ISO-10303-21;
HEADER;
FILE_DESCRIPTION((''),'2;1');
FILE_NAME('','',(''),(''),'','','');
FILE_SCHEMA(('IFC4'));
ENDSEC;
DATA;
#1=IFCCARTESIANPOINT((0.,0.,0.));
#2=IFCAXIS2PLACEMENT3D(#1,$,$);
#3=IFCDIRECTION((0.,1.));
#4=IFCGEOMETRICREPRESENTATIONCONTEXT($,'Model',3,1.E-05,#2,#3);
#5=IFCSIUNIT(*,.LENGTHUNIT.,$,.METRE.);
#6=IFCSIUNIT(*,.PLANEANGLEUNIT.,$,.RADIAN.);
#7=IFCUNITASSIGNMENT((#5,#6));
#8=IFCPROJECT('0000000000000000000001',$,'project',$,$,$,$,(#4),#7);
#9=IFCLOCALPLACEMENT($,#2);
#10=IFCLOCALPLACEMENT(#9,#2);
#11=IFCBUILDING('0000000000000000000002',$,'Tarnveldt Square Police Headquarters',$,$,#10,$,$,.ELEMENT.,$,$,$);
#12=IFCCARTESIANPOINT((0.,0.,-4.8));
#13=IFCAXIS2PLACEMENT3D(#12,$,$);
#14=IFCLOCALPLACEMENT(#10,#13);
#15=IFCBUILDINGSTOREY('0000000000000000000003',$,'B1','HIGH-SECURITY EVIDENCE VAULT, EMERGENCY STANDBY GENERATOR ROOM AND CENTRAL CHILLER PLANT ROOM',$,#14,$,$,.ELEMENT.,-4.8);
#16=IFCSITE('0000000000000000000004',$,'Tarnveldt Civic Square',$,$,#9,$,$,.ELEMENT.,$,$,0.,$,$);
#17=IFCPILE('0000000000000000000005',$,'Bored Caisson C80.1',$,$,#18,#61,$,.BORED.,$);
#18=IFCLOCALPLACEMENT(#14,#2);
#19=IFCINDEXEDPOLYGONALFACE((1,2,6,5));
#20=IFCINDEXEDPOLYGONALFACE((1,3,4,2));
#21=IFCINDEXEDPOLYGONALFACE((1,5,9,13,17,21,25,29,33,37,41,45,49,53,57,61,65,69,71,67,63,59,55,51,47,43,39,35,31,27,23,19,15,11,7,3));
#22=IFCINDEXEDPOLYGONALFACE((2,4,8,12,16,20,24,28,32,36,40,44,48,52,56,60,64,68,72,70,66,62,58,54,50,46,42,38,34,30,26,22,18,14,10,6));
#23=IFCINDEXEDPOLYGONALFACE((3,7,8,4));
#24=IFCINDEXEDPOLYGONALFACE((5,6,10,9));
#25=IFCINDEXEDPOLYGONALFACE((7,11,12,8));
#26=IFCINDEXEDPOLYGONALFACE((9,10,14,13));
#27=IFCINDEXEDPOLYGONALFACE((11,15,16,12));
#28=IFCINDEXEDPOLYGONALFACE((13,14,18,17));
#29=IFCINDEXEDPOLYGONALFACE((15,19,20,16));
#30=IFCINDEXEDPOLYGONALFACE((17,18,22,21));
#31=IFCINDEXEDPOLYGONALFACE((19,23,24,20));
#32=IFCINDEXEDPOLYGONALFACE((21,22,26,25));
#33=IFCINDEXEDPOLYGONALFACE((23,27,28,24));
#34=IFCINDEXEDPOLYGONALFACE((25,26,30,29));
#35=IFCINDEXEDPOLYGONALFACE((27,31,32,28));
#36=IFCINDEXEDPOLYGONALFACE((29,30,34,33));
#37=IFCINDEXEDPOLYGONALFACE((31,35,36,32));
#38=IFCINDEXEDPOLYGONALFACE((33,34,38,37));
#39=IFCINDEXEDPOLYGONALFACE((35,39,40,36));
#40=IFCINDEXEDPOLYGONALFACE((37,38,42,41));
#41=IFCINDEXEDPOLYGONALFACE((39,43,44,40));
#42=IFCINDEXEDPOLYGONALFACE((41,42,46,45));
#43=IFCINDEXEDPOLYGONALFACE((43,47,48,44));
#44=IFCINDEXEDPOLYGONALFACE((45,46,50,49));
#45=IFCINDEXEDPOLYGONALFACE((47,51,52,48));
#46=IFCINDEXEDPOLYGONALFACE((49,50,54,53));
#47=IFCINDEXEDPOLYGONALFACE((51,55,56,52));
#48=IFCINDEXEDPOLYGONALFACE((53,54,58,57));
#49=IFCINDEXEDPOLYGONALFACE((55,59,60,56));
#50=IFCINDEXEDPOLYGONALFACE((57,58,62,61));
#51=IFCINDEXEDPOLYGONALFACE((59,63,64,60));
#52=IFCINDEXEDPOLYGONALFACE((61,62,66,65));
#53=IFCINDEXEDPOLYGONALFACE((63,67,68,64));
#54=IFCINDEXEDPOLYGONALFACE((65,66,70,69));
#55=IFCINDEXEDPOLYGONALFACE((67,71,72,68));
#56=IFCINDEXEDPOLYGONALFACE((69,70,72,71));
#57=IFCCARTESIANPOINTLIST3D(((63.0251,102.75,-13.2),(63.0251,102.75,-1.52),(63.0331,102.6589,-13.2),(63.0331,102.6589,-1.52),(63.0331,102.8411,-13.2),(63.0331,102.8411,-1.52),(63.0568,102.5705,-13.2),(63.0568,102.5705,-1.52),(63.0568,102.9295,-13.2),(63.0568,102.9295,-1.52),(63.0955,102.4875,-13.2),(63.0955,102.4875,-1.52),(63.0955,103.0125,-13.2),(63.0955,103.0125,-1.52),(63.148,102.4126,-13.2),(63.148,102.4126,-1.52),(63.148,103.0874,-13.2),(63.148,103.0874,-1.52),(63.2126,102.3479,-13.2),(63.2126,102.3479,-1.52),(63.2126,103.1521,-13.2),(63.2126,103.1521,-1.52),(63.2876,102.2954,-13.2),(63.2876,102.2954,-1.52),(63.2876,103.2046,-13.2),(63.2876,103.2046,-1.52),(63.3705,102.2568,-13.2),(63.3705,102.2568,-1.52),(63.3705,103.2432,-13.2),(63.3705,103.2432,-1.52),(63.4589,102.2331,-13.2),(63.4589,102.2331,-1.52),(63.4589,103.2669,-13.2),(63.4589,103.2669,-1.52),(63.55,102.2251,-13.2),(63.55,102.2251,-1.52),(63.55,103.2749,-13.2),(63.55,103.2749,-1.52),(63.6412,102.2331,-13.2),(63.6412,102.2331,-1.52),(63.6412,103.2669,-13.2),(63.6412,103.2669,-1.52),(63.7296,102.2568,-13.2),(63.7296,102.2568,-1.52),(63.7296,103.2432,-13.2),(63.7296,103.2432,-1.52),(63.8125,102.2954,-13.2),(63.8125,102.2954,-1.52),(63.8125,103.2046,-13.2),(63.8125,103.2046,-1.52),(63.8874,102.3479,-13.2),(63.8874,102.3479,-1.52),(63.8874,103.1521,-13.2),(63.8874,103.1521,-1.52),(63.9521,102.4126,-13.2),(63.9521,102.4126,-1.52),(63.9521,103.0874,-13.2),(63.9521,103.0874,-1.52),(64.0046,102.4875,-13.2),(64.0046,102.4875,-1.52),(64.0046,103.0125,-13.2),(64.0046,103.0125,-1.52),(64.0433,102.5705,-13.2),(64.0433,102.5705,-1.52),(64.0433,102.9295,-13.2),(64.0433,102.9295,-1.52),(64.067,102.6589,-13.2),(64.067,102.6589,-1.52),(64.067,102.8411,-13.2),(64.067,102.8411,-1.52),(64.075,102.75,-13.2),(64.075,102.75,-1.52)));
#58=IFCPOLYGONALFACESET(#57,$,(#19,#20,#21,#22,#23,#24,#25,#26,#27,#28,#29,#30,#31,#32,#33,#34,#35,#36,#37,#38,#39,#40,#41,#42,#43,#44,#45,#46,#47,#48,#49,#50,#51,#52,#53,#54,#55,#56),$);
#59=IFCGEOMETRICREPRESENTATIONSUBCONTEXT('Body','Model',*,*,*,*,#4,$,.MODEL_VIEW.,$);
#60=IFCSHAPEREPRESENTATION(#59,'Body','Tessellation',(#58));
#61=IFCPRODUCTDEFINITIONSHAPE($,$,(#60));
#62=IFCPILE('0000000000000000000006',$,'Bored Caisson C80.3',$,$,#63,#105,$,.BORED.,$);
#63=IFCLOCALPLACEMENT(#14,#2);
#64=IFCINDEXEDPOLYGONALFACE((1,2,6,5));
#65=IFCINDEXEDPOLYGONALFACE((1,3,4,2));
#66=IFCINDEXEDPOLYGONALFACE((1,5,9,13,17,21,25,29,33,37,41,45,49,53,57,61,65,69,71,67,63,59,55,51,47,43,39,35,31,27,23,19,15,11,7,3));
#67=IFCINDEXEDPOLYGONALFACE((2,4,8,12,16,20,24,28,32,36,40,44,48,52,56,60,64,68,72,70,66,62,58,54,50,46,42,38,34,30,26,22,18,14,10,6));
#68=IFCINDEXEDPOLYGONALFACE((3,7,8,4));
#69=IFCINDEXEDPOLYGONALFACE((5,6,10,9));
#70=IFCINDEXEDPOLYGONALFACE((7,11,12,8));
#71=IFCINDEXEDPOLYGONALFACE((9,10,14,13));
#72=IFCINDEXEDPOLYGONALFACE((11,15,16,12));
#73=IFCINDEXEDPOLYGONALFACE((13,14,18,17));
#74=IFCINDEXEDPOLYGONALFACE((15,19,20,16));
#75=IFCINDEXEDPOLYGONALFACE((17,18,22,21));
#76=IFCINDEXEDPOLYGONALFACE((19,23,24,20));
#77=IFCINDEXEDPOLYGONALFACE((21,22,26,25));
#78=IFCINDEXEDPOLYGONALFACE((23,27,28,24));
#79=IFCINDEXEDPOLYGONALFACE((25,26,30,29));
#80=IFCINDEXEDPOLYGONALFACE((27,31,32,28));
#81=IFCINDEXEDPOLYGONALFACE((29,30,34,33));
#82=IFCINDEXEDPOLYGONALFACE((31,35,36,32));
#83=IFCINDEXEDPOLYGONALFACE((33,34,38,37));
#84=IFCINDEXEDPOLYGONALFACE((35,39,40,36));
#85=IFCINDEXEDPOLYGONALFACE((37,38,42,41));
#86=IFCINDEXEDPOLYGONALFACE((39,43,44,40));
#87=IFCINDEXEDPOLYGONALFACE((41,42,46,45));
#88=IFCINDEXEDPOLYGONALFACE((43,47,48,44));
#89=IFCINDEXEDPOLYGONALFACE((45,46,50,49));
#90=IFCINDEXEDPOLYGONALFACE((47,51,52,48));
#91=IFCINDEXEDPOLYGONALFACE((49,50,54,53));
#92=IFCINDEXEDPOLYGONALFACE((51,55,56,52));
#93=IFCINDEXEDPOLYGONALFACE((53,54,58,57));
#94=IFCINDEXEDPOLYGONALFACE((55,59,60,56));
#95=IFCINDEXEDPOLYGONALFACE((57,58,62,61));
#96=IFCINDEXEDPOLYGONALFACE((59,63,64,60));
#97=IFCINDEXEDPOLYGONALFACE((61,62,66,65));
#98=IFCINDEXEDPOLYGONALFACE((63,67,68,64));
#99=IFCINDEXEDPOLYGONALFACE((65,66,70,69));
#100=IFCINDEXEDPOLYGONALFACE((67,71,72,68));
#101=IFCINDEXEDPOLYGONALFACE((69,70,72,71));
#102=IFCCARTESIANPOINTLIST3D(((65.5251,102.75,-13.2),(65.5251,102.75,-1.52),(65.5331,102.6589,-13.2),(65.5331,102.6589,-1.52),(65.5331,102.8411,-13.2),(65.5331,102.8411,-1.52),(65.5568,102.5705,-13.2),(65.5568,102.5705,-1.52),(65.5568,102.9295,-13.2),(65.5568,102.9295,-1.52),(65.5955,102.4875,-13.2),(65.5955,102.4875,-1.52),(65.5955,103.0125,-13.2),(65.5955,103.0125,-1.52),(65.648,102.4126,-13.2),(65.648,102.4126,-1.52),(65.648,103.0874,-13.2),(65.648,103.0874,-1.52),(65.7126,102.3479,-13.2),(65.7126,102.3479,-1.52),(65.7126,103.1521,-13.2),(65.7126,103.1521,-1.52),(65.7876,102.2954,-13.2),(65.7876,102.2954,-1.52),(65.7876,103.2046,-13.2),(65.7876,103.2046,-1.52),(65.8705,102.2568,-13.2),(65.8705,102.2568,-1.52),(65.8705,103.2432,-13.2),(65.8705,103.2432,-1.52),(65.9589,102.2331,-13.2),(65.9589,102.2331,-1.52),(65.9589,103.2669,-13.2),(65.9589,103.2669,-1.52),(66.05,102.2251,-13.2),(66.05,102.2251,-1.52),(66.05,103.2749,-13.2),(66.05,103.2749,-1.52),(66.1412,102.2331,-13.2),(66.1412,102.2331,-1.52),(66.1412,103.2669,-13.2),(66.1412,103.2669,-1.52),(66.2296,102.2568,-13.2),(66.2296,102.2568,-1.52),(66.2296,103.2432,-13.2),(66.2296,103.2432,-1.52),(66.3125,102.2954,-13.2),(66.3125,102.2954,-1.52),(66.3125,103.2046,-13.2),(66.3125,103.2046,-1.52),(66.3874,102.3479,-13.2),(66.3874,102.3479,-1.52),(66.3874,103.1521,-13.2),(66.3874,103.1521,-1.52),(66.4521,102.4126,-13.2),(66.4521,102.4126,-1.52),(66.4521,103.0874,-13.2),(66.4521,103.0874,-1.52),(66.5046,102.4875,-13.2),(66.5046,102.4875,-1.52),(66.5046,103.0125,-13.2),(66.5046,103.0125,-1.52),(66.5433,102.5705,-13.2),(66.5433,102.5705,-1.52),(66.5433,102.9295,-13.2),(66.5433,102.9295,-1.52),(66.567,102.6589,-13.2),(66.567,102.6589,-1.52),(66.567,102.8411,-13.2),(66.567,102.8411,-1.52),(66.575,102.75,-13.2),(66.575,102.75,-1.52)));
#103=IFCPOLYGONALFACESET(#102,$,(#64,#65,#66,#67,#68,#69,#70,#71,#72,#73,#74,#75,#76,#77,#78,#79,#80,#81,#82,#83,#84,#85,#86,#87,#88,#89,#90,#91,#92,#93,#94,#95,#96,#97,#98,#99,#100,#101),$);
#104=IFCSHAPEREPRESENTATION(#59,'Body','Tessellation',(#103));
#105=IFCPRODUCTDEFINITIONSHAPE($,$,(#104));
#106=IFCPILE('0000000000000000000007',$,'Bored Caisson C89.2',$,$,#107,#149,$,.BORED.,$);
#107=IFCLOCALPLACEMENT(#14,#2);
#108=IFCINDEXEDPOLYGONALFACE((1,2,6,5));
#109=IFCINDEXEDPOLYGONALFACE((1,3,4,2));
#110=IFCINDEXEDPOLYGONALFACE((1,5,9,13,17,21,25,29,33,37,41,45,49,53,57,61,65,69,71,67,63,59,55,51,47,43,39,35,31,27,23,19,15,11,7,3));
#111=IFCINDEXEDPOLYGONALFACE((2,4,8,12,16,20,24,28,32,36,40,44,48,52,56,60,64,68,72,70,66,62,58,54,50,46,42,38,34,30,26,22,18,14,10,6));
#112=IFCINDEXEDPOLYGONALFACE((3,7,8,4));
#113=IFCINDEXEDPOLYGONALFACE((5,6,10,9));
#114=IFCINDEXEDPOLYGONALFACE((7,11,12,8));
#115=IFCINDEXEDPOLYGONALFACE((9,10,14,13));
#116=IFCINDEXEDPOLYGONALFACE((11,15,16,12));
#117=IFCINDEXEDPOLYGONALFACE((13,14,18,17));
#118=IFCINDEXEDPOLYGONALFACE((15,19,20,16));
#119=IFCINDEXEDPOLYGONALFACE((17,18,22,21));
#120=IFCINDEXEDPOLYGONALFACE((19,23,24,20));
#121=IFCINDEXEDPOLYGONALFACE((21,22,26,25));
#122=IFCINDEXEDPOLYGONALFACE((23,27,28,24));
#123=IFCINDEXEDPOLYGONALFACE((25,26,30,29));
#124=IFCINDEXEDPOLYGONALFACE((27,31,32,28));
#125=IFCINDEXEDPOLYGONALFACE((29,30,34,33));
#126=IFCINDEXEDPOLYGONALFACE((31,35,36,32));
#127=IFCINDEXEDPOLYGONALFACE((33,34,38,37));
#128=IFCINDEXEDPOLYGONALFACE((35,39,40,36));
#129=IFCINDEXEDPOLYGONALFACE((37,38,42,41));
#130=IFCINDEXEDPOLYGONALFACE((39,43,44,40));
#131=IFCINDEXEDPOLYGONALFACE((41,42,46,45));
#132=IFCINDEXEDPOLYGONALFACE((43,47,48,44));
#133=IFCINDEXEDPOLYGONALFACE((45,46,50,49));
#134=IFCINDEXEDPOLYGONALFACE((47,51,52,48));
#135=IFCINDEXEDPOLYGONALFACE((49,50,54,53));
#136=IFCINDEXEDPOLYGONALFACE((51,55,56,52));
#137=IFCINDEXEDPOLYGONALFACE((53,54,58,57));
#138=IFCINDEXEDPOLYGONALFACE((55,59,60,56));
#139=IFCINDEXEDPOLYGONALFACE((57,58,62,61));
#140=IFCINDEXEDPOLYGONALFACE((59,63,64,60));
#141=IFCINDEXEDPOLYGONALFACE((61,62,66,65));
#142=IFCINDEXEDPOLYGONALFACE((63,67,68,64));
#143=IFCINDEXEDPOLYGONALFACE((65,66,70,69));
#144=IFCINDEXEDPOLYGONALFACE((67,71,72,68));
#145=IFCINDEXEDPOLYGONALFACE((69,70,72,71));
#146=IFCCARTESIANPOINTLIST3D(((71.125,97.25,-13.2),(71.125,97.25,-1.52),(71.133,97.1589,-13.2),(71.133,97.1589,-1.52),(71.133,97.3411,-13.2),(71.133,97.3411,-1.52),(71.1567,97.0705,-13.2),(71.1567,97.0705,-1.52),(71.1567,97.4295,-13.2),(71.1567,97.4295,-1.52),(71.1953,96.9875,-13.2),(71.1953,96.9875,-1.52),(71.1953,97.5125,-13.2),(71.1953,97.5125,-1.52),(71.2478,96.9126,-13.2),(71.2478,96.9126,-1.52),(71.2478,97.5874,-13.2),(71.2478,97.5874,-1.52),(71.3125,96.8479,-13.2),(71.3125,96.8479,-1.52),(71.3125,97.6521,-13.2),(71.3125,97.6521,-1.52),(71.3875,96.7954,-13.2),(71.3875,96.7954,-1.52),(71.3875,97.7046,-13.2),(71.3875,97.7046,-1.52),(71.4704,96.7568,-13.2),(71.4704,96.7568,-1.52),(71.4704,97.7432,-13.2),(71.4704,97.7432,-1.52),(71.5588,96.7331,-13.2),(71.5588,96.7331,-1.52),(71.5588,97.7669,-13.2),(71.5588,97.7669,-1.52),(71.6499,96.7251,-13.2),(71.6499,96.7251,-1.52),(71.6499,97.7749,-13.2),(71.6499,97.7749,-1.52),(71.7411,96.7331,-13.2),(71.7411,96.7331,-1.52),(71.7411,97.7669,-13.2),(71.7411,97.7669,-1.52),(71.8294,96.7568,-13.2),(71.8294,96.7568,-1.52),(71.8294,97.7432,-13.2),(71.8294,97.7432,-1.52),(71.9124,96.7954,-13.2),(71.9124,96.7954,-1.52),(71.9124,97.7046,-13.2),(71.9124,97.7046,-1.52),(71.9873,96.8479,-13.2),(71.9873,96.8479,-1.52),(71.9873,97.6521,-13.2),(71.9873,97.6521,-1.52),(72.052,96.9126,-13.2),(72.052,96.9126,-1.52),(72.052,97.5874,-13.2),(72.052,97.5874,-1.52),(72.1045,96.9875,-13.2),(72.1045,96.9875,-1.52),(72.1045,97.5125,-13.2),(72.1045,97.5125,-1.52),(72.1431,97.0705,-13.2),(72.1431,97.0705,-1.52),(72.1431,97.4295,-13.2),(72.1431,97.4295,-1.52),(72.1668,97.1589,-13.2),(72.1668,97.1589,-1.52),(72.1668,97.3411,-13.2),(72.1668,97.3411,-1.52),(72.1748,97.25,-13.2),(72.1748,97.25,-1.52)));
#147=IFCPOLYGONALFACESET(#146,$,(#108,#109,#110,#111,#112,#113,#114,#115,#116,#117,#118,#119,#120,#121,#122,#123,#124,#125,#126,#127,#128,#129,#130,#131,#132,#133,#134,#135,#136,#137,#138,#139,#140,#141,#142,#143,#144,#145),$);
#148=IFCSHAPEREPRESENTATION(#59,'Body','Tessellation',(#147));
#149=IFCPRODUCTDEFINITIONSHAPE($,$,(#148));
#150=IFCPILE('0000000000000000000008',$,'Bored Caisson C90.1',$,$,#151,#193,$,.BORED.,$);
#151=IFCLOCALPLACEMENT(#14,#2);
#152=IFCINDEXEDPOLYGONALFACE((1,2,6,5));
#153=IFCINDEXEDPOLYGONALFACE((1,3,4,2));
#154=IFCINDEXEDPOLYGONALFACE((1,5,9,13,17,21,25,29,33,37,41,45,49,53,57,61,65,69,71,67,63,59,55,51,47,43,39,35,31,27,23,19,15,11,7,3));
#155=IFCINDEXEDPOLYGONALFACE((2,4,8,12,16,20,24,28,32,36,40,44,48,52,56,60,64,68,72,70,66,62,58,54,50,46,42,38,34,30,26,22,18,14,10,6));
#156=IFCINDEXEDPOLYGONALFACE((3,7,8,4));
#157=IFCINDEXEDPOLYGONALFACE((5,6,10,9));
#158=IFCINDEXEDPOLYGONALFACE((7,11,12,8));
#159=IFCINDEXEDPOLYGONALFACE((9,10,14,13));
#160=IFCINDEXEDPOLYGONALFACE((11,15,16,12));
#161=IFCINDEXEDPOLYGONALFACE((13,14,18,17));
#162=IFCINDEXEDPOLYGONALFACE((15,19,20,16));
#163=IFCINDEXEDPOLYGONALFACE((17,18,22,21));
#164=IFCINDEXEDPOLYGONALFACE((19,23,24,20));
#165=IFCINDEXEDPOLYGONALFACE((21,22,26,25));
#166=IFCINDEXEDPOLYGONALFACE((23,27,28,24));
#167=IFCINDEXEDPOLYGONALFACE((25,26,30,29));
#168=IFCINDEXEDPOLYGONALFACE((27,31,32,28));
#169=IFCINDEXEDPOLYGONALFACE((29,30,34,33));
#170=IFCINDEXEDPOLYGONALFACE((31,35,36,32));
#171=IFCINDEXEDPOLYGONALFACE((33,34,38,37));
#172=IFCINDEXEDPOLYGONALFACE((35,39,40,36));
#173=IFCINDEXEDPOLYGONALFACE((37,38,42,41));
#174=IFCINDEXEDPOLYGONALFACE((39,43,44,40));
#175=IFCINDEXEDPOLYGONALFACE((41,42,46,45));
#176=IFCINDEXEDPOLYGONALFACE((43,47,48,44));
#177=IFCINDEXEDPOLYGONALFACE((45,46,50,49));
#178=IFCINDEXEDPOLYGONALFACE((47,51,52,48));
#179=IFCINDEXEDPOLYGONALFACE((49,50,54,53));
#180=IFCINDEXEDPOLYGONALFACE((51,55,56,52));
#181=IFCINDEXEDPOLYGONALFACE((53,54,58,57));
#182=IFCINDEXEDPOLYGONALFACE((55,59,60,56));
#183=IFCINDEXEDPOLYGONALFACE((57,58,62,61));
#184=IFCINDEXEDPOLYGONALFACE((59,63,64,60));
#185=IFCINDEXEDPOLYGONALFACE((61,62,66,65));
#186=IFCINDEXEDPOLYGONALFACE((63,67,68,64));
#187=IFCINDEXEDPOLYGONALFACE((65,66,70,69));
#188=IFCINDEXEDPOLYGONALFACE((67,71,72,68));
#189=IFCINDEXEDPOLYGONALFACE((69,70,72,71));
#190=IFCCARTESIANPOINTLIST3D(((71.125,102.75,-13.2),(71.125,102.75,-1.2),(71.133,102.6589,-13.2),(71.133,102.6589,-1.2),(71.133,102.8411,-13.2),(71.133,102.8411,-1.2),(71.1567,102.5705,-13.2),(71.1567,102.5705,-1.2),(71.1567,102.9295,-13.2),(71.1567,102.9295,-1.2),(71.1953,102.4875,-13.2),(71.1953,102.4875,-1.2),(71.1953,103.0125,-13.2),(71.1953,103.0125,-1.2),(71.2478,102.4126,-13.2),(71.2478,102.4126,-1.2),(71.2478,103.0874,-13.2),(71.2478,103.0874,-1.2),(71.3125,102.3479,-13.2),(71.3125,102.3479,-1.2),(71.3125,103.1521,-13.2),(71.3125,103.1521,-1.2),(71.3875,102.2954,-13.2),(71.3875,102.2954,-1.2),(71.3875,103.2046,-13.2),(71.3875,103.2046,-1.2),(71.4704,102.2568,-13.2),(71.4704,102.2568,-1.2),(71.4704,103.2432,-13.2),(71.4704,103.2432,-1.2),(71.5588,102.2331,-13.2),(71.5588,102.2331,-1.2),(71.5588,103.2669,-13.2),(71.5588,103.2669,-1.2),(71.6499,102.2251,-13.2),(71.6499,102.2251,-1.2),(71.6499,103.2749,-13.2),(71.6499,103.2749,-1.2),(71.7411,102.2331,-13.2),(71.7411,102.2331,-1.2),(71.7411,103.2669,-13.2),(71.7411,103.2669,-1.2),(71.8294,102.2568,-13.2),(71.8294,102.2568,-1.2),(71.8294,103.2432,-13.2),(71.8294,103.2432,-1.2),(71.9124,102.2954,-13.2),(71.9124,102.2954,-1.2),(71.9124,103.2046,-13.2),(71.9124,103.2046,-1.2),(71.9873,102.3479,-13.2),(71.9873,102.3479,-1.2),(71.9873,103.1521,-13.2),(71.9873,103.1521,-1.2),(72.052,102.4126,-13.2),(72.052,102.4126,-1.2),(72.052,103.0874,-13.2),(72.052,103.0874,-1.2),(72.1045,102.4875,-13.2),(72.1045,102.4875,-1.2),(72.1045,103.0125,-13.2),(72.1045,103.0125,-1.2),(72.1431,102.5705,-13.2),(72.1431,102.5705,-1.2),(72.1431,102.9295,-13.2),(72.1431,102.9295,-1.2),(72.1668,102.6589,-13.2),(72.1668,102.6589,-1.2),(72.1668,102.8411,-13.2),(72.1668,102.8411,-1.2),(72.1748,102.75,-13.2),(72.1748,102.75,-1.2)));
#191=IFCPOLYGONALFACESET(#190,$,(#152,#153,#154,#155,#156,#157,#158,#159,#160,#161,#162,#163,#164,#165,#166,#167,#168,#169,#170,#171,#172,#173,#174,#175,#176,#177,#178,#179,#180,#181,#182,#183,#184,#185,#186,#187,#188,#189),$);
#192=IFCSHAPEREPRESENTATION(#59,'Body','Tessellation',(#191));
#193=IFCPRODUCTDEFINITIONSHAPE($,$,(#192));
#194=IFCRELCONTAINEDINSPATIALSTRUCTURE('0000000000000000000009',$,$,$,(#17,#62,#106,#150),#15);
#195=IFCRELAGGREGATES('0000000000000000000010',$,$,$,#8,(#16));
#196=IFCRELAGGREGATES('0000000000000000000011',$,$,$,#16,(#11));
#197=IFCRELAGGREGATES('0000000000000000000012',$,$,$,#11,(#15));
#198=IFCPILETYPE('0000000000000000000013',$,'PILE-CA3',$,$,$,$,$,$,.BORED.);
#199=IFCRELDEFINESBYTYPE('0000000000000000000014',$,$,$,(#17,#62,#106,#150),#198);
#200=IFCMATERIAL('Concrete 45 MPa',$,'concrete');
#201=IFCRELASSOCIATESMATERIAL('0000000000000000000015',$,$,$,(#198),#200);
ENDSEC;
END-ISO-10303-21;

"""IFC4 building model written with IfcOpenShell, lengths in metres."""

from ifc_helpers import new_model, si_unit, direction, frame, origin, origin_2d, place, context, subcontext, project, spatial, circle, extrude, material, material_profile, profile_set, type_object, element, save


model = new_model("IFC4")

# Units and contexts
model_context = context("Model", 3, precision=1e-05, world=origin(), true_north=direction((0.0, 1.0)))
body_context = subcontext(model_context, "Body", "Model", "MODEL_VIEW")
ifc_project = project(units=[si_unit("LENGTHUNIT", "METRE"), si_unit("PLANEANGLEUNIT", "RADIAN")], contexts=[model_context])

# Site, building, storey
site_placement = place(None, origin())
site = spatial("IfcSite", under=ifc_project, at=site_placement, Name="Tarnveldt Civic Square", CompositionType="ELEMENT", RefElevation=0.0)
building_placement = place(site_placement, origin())
building = spatial("IfcBuilding", under=site, at=building_placement, Name="Tarnveldt Square Police Headquarters", CompositionType="ELEMENT")
storey_placement = place(building_placement, frame((0.0, 0.0, -4.8)))
storey = spatial("IfcBuildingStorey", under=building, at=storey_placement, Name="B1", Description="HIGH-SECURITY EVIDENCE VAULT, EMERGENCY STANDBY GENERATOR ROOM AND CENTRAL CHILLER PLANT ROOM", CompositionType="ELEMENT", Elevation=-4.8)

# Shared definitions
ifc_material_1 = material(Name="Concrete 45 MPa", Category="concrete")

# Piles
ifc_material_profile_1 = material_profile(ifc_material_1, circle(Radius=0.5249, at=origin_2d()), Name="CAISSON-D1050")
ifc_profile_set_1 = profile_set([ifc_material_profile_1], Name="Concrete 45 MPa")
pile_type_1 = type_object("IfcPileType", Name="PILE-CA3", PredefinedType="BORED", material=ifc_profile_set_1)
for number, where, z_axis, x_axis, name in (
    (1, (63.55, 102.75, -1.52), (0.0, 0.0, -1.0), (1.0, 0.0, 0.0), "Bored Caisson C80.1"),
    (2, (66.05, 102.75, -1.52), (0.0, 0.0, -1.0), (1.0, 0.0, 0.0), "Bored Caisson C80.3"),
    (3, (71.6499, 97.25, -1.52), (0.0, 0.0, -1.0), (1.0, 0.0, 0.0), "Bored Caisson C89.2"),
):
    element("IfcPile", number, at=place(storey_placement, frame(where, z_axis=z_axis, x_axis=x_axis)), inside=storey, type_object=pile_type_1, Name=name, PredefinedType="BORED", context=body_context, shape_type="SweptSolid", body=[
        extrude(circle(Radius=0.5249, at=origin_2d()), origin(), (0.0, 0.0, 1.0), 11.6799),
    ])
pile_1_placement = place(storey_placement, frame((71.6499, 102.75, -1.2), z_axis=(0.0, 0.0, -1.0), x_axis=(1.0, 0.0, 0.0)))
element("IfcPile", 4, at=pile_1_placement, inside=storey, type_object=pile_type_1, Name="Bored Caisson C90.1", PredefinedType="BORED", context=body_context, shape_type="SweptSolid", body=[
    extrude(circle(Radius=0.5249, at=origin_2d()), origin(), (0.0, 0.0, 1.0), 12.0),
])

save(model, "model.ifc")
